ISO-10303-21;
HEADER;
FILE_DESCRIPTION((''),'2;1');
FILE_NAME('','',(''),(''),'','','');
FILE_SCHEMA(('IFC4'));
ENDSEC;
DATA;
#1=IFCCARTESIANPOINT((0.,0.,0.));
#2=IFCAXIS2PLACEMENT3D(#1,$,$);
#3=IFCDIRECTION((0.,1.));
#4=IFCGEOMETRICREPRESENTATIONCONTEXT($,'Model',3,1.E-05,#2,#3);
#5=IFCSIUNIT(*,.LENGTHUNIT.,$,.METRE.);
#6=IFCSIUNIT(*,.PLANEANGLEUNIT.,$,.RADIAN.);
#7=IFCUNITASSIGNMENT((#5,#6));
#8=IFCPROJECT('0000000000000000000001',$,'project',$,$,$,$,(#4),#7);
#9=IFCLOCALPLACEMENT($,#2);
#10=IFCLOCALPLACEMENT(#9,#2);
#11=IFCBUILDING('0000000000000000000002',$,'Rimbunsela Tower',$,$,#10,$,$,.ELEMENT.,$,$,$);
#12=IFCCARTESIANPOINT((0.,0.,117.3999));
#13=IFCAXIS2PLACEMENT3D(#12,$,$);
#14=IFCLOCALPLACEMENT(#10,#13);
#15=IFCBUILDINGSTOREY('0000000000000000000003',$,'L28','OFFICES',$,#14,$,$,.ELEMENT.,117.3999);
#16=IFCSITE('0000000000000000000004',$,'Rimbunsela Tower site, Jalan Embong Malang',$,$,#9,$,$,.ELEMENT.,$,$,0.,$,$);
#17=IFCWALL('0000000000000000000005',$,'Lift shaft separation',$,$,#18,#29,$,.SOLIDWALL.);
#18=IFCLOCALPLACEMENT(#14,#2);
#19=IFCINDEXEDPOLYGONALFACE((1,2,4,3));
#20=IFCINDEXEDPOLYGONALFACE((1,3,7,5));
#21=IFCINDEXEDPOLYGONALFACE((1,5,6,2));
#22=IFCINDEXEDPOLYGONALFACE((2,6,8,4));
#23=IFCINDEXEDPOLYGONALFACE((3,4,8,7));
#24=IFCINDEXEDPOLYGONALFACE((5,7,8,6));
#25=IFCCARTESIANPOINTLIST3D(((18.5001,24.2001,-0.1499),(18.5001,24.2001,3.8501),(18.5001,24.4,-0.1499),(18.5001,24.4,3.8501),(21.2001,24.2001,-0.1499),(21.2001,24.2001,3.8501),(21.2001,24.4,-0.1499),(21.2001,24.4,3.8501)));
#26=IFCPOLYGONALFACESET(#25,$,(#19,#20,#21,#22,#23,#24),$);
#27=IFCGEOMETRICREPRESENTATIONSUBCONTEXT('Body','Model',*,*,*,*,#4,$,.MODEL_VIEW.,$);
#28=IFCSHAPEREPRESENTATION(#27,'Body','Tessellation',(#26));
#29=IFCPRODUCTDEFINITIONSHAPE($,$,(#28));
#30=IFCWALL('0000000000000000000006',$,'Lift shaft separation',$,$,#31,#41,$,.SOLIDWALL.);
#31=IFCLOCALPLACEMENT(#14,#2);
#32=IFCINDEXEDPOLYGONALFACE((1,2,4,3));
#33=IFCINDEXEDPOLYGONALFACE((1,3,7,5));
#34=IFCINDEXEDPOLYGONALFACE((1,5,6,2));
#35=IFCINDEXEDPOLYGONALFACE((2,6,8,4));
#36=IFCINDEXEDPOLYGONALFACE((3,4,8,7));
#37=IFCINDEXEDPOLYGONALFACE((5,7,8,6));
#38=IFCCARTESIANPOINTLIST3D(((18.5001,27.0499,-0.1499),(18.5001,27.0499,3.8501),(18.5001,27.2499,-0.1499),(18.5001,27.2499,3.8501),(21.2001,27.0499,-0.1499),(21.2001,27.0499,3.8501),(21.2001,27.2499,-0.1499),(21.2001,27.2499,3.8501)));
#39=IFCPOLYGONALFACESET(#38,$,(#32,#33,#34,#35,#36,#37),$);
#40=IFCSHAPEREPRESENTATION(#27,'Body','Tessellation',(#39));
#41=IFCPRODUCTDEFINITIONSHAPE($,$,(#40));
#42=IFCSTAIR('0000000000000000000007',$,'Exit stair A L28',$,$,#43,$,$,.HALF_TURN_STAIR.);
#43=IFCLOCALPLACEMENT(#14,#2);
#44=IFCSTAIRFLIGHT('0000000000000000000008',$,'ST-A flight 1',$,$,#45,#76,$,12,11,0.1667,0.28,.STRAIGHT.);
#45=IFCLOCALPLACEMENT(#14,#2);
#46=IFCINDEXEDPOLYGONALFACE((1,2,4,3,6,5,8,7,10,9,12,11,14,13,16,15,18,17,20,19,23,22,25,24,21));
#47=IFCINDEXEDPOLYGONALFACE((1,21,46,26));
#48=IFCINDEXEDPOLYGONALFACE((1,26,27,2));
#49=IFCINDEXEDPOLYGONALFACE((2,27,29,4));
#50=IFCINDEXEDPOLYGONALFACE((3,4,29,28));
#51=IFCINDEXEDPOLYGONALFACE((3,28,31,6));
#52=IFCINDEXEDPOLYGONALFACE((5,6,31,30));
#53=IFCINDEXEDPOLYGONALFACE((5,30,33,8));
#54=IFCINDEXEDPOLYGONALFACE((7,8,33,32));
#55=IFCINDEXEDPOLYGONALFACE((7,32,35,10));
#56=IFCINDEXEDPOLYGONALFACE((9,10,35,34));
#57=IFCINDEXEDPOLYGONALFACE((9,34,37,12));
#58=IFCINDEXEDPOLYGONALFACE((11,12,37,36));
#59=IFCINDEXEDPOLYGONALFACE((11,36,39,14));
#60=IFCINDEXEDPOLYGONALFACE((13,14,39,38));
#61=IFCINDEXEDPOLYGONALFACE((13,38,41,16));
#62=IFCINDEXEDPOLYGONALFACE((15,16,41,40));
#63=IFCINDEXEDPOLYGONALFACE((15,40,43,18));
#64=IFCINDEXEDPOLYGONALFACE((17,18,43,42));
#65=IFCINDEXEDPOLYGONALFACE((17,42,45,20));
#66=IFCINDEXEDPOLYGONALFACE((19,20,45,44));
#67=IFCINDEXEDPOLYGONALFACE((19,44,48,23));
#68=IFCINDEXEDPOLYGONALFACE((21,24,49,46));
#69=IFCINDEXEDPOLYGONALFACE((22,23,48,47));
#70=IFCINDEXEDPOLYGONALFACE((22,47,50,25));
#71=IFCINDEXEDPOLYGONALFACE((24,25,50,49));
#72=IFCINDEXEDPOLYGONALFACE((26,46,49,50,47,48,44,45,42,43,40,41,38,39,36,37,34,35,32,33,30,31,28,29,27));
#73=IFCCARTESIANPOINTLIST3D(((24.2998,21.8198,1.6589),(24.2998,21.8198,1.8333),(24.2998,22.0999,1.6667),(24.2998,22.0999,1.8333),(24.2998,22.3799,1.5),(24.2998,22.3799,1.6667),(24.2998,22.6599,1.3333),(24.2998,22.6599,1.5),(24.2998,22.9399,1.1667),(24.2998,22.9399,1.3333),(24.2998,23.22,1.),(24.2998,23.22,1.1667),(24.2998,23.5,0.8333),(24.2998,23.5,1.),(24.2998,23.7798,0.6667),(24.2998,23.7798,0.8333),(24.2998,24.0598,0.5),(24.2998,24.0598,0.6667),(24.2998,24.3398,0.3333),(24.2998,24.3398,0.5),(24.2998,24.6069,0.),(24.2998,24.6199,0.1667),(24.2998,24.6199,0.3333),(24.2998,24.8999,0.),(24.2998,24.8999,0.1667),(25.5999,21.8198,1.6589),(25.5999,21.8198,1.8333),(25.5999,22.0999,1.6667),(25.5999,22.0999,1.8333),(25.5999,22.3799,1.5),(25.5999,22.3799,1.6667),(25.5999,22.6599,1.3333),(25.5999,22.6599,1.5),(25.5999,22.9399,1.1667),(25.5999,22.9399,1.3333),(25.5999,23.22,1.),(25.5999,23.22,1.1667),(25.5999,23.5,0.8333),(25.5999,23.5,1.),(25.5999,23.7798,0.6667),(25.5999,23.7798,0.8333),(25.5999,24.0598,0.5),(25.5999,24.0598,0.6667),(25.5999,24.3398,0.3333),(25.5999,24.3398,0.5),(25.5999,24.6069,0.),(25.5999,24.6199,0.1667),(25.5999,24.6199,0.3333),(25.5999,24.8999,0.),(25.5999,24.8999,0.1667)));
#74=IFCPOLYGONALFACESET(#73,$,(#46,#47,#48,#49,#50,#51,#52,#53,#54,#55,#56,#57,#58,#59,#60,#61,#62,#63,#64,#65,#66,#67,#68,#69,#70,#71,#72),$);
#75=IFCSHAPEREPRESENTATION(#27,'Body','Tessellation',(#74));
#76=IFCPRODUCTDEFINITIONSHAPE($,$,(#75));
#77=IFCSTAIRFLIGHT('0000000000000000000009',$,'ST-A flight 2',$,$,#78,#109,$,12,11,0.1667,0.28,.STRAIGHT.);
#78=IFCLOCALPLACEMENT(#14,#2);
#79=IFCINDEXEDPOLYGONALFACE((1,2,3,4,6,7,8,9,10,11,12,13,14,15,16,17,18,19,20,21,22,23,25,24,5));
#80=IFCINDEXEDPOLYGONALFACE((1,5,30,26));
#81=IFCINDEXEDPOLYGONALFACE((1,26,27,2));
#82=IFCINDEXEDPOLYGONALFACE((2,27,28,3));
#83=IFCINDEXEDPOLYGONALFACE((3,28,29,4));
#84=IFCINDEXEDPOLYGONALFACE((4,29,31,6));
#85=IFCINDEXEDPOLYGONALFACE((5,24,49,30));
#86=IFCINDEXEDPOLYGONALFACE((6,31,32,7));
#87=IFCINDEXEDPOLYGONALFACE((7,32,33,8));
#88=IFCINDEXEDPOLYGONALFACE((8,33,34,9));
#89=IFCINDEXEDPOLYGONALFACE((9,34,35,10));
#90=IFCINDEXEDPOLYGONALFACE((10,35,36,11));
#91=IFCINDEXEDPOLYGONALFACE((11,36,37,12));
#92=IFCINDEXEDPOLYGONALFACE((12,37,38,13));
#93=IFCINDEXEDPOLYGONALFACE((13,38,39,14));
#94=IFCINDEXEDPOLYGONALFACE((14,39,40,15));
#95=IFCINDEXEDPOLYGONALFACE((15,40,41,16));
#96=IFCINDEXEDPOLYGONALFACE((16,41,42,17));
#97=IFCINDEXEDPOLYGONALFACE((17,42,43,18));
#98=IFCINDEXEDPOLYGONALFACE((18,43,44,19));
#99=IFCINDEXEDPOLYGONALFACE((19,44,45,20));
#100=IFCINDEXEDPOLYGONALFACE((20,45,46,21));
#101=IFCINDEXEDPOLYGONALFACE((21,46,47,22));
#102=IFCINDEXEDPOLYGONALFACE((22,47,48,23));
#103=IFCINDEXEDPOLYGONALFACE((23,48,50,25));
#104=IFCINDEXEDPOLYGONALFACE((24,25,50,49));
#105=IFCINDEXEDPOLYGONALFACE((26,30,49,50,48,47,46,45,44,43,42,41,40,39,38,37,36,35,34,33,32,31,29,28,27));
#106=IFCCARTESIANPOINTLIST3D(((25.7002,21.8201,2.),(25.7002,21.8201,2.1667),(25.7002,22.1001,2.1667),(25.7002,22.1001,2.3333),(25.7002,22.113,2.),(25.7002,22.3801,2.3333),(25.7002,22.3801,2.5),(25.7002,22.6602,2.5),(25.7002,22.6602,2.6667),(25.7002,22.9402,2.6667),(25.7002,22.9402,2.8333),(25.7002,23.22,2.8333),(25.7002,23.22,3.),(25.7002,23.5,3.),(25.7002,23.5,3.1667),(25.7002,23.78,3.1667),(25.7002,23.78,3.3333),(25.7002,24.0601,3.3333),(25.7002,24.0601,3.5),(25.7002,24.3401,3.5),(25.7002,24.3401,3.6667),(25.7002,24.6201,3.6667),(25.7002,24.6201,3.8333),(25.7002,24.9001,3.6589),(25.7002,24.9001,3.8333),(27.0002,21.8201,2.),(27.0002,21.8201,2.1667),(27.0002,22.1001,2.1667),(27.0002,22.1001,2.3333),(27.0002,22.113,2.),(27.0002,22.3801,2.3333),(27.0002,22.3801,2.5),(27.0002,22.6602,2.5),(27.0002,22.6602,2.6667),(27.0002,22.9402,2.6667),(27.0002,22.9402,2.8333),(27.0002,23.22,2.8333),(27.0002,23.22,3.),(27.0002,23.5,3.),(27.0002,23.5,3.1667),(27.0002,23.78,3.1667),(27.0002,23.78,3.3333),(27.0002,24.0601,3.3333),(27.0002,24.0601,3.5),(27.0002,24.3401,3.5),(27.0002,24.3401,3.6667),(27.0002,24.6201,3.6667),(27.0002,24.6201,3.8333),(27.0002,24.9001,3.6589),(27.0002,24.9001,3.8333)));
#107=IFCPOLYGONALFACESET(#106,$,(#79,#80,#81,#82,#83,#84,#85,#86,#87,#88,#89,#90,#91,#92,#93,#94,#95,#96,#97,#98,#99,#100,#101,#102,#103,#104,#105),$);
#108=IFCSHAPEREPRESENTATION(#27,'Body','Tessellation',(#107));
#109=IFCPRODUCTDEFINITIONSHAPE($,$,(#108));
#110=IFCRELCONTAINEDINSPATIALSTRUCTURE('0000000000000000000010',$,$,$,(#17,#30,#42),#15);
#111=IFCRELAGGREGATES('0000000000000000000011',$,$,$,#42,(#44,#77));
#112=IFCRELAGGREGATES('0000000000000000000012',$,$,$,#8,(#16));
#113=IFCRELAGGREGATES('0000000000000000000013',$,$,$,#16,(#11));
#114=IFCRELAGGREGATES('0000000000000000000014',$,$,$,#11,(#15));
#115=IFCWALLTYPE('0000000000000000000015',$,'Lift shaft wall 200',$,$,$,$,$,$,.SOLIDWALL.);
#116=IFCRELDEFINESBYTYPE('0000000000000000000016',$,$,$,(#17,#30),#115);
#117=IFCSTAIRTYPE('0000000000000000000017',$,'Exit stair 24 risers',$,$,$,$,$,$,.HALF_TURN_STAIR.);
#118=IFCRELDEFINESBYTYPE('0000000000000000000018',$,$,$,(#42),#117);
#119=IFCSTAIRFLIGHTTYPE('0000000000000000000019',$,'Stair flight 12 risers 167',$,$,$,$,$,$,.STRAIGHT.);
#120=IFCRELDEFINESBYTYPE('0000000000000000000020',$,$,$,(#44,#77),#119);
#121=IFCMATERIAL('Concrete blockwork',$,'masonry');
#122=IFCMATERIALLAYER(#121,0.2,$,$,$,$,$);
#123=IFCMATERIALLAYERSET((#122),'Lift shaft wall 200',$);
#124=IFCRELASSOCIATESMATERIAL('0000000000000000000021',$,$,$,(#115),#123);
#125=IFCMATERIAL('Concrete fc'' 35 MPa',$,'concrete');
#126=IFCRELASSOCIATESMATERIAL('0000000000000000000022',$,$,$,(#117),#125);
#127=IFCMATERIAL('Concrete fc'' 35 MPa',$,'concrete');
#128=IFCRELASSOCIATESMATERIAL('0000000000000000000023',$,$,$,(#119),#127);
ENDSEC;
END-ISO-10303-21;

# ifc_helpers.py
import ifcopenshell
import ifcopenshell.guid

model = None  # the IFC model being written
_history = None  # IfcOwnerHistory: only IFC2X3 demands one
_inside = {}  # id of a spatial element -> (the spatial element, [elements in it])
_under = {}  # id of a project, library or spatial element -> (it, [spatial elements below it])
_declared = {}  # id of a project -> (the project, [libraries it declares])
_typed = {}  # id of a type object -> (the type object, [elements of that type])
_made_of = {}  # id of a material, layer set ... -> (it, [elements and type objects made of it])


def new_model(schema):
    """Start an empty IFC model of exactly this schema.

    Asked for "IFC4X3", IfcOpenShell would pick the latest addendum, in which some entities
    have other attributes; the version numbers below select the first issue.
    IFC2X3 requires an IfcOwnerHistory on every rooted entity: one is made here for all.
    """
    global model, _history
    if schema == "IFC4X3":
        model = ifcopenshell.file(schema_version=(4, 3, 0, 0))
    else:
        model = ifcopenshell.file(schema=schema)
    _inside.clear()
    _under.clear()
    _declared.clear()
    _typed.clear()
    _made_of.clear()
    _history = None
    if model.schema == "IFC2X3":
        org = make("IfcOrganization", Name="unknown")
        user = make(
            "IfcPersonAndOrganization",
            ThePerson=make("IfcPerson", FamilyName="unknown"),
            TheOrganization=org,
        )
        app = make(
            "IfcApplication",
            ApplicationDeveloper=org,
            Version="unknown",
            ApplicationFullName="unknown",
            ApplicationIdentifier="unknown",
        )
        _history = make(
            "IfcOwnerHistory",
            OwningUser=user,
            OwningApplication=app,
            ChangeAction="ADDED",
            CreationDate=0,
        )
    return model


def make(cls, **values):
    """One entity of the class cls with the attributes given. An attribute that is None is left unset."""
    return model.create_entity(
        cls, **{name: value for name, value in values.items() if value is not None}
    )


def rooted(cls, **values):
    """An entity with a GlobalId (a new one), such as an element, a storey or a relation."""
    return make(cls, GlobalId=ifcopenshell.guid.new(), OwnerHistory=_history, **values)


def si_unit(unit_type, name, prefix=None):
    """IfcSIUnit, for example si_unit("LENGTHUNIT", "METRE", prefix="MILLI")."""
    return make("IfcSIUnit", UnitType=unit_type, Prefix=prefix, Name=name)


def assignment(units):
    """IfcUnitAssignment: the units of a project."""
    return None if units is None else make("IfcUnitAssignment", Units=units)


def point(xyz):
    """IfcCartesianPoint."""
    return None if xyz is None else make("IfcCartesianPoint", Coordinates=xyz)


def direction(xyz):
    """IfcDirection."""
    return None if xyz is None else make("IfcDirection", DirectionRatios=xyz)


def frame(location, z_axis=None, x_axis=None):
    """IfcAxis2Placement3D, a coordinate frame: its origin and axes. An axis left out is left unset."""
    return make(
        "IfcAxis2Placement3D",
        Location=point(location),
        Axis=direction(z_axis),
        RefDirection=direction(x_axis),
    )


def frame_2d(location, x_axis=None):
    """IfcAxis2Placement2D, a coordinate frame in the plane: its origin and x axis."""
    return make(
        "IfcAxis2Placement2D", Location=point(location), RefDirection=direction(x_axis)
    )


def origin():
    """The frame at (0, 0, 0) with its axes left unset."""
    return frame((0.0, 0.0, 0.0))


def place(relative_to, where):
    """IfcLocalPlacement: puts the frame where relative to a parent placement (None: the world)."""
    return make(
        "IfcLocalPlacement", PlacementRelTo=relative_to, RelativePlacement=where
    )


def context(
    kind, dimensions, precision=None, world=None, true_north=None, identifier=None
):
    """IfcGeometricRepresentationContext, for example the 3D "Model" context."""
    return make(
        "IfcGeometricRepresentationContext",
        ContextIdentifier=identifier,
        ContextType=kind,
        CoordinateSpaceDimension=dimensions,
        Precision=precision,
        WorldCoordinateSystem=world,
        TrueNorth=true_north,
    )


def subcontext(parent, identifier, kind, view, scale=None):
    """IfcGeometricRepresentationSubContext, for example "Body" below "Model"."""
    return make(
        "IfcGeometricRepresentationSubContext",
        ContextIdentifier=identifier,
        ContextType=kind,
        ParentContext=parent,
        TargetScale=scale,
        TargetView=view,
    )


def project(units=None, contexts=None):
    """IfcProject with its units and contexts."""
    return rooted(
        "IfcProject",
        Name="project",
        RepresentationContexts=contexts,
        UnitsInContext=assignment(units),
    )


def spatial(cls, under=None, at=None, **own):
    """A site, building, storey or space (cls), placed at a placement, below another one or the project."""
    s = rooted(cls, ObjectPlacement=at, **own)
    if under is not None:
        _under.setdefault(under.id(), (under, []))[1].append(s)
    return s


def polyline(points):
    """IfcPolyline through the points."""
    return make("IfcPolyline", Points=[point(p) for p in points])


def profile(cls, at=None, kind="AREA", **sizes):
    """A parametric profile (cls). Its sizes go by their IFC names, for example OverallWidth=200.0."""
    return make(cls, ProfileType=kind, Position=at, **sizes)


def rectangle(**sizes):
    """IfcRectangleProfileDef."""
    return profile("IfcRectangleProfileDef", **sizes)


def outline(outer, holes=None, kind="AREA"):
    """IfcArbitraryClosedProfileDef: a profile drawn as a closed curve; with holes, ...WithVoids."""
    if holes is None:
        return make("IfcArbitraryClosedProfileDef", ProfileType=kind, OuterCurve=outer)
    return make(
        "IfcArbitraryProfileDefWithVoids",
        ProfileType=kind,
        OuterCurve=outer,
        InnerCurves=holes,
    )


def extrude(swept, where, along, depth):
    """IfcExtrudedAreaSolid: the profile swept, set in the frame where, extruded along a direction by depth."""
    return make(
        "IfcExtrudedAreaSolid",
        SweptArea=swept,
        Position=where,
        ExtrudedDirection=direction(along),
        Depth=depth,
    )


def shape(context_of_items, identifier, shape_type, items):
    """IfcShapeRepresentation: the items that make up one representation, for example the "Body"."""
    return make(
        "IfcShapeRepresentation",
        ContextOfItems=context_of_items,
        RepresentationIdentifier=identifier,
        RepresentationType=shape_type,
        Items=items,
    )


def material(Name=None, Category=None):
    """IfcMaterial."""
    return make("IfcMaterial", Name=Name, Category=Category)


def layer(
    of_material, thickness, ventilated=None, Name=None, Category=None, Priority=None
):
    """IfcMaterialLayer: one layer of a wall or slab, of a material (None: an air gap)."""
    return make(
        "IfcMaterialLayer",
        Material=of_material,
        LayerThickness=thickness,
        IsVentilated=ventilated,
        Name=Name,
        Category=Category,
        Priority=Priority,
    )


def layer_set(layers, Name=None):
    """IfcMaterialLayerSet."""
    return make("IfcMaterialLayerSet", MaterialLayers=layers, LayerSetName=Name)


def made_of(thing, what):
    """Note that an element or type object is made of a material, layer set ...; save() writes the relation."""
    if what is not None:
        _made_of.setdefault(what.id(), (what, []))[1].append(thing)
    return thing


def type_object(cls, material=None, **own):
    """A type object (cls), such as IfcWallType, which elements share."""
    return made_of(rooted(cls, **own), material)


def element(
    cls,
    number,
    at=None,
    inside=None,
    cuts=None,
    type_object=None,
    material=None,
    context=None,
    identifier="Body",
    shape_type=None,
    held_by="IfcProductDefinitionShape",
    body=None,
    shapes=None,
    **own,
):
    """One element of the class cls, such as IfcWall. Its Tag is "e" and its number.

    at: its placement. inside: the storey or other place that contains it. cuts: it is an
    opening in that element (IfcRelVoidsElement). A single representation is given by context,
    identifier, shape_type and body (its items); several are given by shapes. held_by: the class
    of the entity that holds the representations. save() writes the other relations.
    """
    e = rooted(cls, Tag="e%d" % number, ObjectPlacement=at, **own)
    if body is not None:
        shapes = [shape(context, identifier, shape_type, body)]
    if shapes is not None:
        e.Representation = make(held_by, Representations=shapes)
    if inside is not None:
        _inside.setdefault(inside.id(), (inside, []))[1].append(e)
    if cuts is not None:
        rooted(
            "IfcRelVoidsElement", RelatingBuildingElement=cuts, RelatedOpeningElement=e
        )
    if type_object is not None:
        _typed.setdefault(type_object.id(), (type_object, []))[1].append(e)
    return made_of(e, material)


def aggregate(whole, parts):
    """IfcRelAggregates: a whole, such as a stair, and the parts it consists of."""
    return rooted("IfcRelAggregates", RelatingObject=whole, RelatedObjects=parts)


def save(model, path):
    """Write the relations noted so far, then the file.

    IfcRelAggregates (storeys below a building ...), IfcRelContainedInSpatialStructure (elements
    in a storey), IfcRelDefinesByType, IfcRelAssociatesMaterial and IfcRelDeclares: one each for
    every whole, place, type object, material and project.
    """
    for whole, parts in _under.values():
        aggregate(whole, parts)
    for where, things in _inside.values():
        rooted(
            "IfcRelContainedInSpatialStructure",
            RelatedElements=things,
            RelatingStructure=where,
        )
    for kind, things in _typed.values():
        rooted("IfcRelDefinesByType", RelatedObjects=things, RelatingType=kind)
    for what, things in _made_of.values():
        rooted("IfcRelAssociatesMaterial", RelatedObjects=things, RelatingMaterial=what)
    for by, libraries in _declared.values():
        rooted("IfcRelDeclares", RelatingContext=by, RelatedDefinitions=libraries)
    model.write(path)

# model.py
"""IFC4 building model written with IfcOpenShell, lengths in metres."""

from ifc_helpers import new_model, si_unit, direction, frame, frame_2d, origin, place, context, subcontext, project, spatial, polyline, rectangle, outline, extrude, material, layer, layer_set, type_object, element, aggregate, save


model = new_model("IFC4")

# Units and contexts
model_context = context("Model", 3, precision=1e-05, world=origin(), true_north=direction((0.0, 1.0)))
body_context = subcontext(model_context, "Body", "Model", "MODEL_VIEW")
ifc_project = project(units=[si_unit("LENGTHUNIT", "METRE"), si_unit("PLANEANGLEUNIT", "RADIAN")], contexts=[model_context])

# Site, building, storey
site_placement = place(None, origin())
site = spatial("IfcSite", under=ifc_project, at=site_placement, Name="Rimbunsela Tower site, Jalan Embong Malang", CompositionType="ELEMENT", RefElevation=0.0)
building_placement = place(site_placement, origin())
building = spatial("IfcBuilding", under=site, at=building_placement, Name="Rimbunsela Tower", CompositionType="ELEMENT")
storey_placement = place(building_placement, frame((0.0, 0.0, 117.3999)))
storey = spatial("IfcBuildingStorey", under=building, at=storey_placement, Name="L28", Description="OFFICES", CompositionType="ELEMENT", Elevation=117.3999)

# Walls
ifc_material_1 = material(Name="Concrete blockwork", Category="masonry")
ifc_layer_1 = layer(ifc_material_1, 0.2)
ifc_layer_set_1 = layer_set([ifc_layer_1], Name="Lift shaft wall 200")
wall_type_1 = type_object("IfcWallType", Name="Lift shaft wall 200", PredefinedType="SOLIDWALL", material=ifc_layer_set_1)
for number, where, z_axis, x_axis, name in (
    (1, (18.5, 24.3, -0.1499), (0.0, 0.0, 1.0), (1.0, 0.0, 0.0), "Lift shaft separation"),
    (2, (18.5, 27.1499, -0.1499), (0.0, 0.0, 1.0), (1.0, 0.0, 0.0), "Lift shaft separation"),
):
    element("IfcWall", number, at=place(storey_placement, frame(where, z_axis=z_axis, x_axis=x_axis)), inside=storey, type_object=wall_type_1, Name=name, PredefinedType="SOLIDWALL", context=body_context, shape_type="SweptSolid", body=[
        extrude(rectangle(XDim=2.7, YDim=0.2, at=frame_2d((1.3501, 0.0))), origin(), (0.0, 0.0, 1.0), 4.0),
    ])

# Stair, stair flights
ifc_material_2 = material(Name="Concrete fc' 35 MPa", Category="concrete")
stair_type = type_object("IfcStairType", Name="Exit stair 24 risers", PredefinedType="HALF_TURN_STAIR", material=ifc_material_2)
stair_placement = place(storey_placement, origin())
stair = element("IfcStair", 3, at=stair_placement, inside=storey, type_object=stair_type, Name="Exit stair A L28", PredefinedType="HALF_TURN_STAIR")
ifc_material_3 = material(Name="Concrete fc' 35 MPa", Category="concrete")
stair_flight_type = type_object("IfcStairFlightType", Name="Stair flight 12 risers 167", PredefinedType="STRAIGHT", material=ifc_material_3)
stair_flight_1_placement = place(storey_placement, frame((24.95, 24.8999, 0.0), z_axis=(0.0, 0.0, 1.0), x_axis=(0.0, -1.0, 0.0)))
stair_flight_1 = element("IfcStairFlight", 4, at=stair_flight_1_placement, type_object=stair_flight_type, Name="ST-A flight 1", NumberOfRisers=12, NumberOfTreads=11, PredefinedType="STRAIGHT", RiserHeight=0.1667, TreadLength=0.28, context=body_context, shape_type="SweptSolid", body=[
    extrude(outline(polyline([(0.0, 0.0), (0.0, 0.1667), (0.28, 0.1667), (0.28, 0.3333), (0.5601, 0.3333), (0.5601, 0.5), (0.8401, 0.5), (0.8401, 0.6667), (1.1201, 0.6667), (1.1201, 0.8333), (1.3999, 0.8333), (1.3999, 1.0), (1.6799, 1.0), (1.6799, 1.1667), (1.96, 1.1667), (1.96, 1.3333), (2.24, 1.3333), (2.24, 1.5), (2.52, 1.5), (2.52, 1.6667), (2.8, 1.6667), (2.8, 1.8333), (3.0801, 1.8333), (3.0801, 2.0), (3.0801, 1.6589), (0.293, 0.0), (0.0, 0.0)])), frame((0.0, 0.6499, 0.0), z_axis=(0.0, -1.0, 0.0), x_axis=(1.0, 0.0, 0.0)), (0.0, 0.0, 1.0), 1.3),
])
stair_flight_2_placement = place(storey_placement, frame((26.3501, 21.8201, 2.0), z_axis=(0.0, 0.0, 1.0), x_axis=(0.0, 1.0, 0.0)))
stair_flight_2 = element("IfcStairFlight", 5, at=stair_flight_2_placement, type_object=stair_flight_type, Name="ST-A flight 2", NumberOfRisers=12, NumberOfTreads=11, PredefinedType="STRAIGHT", RiserHeight=0.1667, TreadLength=0.28, context=body_context, shape_type="SweptSolid", body=[
    extrude(outline(polyline([(0.0, 0.0), (0.0, 0.1667), (0.28, 0.1667), (0.28, 0.3333), (0.5601, 0.3333), (0.5601, 0.5), (0.8401, 0.5), (0.8401, 0.6667), (1.1201, 0.6667), (1.1201, 0.8333), (1.3999, 0.8333), (1.3999, 1.0), (1.6799, 1.0), (1.6799, 1.1667), (1.96, 1.1667), (1.96, 1.3333), (2.24, 1.3333), (2.24, 1.5), (2.52, 1.5), (2.52, 1.6667), (2.8, 1.6667), (2.8, 1.8333), (3.0801, 1.8333), (3.0801, 2.0), (3.0801, 1.6589), (0.293, 0.0), (0.0, 0.0)])), frame((0.0, 0.6499, 0.0), z_axis=(0.0, -1.0, 0.0), x_axis=(1.0, 0.0, 0.0)), (0.0, 0.0, 1.0), 1.3),
])
aggregate(stair, [stair_flight_1, stair_flight_2])

save(model, "model.ifc")
